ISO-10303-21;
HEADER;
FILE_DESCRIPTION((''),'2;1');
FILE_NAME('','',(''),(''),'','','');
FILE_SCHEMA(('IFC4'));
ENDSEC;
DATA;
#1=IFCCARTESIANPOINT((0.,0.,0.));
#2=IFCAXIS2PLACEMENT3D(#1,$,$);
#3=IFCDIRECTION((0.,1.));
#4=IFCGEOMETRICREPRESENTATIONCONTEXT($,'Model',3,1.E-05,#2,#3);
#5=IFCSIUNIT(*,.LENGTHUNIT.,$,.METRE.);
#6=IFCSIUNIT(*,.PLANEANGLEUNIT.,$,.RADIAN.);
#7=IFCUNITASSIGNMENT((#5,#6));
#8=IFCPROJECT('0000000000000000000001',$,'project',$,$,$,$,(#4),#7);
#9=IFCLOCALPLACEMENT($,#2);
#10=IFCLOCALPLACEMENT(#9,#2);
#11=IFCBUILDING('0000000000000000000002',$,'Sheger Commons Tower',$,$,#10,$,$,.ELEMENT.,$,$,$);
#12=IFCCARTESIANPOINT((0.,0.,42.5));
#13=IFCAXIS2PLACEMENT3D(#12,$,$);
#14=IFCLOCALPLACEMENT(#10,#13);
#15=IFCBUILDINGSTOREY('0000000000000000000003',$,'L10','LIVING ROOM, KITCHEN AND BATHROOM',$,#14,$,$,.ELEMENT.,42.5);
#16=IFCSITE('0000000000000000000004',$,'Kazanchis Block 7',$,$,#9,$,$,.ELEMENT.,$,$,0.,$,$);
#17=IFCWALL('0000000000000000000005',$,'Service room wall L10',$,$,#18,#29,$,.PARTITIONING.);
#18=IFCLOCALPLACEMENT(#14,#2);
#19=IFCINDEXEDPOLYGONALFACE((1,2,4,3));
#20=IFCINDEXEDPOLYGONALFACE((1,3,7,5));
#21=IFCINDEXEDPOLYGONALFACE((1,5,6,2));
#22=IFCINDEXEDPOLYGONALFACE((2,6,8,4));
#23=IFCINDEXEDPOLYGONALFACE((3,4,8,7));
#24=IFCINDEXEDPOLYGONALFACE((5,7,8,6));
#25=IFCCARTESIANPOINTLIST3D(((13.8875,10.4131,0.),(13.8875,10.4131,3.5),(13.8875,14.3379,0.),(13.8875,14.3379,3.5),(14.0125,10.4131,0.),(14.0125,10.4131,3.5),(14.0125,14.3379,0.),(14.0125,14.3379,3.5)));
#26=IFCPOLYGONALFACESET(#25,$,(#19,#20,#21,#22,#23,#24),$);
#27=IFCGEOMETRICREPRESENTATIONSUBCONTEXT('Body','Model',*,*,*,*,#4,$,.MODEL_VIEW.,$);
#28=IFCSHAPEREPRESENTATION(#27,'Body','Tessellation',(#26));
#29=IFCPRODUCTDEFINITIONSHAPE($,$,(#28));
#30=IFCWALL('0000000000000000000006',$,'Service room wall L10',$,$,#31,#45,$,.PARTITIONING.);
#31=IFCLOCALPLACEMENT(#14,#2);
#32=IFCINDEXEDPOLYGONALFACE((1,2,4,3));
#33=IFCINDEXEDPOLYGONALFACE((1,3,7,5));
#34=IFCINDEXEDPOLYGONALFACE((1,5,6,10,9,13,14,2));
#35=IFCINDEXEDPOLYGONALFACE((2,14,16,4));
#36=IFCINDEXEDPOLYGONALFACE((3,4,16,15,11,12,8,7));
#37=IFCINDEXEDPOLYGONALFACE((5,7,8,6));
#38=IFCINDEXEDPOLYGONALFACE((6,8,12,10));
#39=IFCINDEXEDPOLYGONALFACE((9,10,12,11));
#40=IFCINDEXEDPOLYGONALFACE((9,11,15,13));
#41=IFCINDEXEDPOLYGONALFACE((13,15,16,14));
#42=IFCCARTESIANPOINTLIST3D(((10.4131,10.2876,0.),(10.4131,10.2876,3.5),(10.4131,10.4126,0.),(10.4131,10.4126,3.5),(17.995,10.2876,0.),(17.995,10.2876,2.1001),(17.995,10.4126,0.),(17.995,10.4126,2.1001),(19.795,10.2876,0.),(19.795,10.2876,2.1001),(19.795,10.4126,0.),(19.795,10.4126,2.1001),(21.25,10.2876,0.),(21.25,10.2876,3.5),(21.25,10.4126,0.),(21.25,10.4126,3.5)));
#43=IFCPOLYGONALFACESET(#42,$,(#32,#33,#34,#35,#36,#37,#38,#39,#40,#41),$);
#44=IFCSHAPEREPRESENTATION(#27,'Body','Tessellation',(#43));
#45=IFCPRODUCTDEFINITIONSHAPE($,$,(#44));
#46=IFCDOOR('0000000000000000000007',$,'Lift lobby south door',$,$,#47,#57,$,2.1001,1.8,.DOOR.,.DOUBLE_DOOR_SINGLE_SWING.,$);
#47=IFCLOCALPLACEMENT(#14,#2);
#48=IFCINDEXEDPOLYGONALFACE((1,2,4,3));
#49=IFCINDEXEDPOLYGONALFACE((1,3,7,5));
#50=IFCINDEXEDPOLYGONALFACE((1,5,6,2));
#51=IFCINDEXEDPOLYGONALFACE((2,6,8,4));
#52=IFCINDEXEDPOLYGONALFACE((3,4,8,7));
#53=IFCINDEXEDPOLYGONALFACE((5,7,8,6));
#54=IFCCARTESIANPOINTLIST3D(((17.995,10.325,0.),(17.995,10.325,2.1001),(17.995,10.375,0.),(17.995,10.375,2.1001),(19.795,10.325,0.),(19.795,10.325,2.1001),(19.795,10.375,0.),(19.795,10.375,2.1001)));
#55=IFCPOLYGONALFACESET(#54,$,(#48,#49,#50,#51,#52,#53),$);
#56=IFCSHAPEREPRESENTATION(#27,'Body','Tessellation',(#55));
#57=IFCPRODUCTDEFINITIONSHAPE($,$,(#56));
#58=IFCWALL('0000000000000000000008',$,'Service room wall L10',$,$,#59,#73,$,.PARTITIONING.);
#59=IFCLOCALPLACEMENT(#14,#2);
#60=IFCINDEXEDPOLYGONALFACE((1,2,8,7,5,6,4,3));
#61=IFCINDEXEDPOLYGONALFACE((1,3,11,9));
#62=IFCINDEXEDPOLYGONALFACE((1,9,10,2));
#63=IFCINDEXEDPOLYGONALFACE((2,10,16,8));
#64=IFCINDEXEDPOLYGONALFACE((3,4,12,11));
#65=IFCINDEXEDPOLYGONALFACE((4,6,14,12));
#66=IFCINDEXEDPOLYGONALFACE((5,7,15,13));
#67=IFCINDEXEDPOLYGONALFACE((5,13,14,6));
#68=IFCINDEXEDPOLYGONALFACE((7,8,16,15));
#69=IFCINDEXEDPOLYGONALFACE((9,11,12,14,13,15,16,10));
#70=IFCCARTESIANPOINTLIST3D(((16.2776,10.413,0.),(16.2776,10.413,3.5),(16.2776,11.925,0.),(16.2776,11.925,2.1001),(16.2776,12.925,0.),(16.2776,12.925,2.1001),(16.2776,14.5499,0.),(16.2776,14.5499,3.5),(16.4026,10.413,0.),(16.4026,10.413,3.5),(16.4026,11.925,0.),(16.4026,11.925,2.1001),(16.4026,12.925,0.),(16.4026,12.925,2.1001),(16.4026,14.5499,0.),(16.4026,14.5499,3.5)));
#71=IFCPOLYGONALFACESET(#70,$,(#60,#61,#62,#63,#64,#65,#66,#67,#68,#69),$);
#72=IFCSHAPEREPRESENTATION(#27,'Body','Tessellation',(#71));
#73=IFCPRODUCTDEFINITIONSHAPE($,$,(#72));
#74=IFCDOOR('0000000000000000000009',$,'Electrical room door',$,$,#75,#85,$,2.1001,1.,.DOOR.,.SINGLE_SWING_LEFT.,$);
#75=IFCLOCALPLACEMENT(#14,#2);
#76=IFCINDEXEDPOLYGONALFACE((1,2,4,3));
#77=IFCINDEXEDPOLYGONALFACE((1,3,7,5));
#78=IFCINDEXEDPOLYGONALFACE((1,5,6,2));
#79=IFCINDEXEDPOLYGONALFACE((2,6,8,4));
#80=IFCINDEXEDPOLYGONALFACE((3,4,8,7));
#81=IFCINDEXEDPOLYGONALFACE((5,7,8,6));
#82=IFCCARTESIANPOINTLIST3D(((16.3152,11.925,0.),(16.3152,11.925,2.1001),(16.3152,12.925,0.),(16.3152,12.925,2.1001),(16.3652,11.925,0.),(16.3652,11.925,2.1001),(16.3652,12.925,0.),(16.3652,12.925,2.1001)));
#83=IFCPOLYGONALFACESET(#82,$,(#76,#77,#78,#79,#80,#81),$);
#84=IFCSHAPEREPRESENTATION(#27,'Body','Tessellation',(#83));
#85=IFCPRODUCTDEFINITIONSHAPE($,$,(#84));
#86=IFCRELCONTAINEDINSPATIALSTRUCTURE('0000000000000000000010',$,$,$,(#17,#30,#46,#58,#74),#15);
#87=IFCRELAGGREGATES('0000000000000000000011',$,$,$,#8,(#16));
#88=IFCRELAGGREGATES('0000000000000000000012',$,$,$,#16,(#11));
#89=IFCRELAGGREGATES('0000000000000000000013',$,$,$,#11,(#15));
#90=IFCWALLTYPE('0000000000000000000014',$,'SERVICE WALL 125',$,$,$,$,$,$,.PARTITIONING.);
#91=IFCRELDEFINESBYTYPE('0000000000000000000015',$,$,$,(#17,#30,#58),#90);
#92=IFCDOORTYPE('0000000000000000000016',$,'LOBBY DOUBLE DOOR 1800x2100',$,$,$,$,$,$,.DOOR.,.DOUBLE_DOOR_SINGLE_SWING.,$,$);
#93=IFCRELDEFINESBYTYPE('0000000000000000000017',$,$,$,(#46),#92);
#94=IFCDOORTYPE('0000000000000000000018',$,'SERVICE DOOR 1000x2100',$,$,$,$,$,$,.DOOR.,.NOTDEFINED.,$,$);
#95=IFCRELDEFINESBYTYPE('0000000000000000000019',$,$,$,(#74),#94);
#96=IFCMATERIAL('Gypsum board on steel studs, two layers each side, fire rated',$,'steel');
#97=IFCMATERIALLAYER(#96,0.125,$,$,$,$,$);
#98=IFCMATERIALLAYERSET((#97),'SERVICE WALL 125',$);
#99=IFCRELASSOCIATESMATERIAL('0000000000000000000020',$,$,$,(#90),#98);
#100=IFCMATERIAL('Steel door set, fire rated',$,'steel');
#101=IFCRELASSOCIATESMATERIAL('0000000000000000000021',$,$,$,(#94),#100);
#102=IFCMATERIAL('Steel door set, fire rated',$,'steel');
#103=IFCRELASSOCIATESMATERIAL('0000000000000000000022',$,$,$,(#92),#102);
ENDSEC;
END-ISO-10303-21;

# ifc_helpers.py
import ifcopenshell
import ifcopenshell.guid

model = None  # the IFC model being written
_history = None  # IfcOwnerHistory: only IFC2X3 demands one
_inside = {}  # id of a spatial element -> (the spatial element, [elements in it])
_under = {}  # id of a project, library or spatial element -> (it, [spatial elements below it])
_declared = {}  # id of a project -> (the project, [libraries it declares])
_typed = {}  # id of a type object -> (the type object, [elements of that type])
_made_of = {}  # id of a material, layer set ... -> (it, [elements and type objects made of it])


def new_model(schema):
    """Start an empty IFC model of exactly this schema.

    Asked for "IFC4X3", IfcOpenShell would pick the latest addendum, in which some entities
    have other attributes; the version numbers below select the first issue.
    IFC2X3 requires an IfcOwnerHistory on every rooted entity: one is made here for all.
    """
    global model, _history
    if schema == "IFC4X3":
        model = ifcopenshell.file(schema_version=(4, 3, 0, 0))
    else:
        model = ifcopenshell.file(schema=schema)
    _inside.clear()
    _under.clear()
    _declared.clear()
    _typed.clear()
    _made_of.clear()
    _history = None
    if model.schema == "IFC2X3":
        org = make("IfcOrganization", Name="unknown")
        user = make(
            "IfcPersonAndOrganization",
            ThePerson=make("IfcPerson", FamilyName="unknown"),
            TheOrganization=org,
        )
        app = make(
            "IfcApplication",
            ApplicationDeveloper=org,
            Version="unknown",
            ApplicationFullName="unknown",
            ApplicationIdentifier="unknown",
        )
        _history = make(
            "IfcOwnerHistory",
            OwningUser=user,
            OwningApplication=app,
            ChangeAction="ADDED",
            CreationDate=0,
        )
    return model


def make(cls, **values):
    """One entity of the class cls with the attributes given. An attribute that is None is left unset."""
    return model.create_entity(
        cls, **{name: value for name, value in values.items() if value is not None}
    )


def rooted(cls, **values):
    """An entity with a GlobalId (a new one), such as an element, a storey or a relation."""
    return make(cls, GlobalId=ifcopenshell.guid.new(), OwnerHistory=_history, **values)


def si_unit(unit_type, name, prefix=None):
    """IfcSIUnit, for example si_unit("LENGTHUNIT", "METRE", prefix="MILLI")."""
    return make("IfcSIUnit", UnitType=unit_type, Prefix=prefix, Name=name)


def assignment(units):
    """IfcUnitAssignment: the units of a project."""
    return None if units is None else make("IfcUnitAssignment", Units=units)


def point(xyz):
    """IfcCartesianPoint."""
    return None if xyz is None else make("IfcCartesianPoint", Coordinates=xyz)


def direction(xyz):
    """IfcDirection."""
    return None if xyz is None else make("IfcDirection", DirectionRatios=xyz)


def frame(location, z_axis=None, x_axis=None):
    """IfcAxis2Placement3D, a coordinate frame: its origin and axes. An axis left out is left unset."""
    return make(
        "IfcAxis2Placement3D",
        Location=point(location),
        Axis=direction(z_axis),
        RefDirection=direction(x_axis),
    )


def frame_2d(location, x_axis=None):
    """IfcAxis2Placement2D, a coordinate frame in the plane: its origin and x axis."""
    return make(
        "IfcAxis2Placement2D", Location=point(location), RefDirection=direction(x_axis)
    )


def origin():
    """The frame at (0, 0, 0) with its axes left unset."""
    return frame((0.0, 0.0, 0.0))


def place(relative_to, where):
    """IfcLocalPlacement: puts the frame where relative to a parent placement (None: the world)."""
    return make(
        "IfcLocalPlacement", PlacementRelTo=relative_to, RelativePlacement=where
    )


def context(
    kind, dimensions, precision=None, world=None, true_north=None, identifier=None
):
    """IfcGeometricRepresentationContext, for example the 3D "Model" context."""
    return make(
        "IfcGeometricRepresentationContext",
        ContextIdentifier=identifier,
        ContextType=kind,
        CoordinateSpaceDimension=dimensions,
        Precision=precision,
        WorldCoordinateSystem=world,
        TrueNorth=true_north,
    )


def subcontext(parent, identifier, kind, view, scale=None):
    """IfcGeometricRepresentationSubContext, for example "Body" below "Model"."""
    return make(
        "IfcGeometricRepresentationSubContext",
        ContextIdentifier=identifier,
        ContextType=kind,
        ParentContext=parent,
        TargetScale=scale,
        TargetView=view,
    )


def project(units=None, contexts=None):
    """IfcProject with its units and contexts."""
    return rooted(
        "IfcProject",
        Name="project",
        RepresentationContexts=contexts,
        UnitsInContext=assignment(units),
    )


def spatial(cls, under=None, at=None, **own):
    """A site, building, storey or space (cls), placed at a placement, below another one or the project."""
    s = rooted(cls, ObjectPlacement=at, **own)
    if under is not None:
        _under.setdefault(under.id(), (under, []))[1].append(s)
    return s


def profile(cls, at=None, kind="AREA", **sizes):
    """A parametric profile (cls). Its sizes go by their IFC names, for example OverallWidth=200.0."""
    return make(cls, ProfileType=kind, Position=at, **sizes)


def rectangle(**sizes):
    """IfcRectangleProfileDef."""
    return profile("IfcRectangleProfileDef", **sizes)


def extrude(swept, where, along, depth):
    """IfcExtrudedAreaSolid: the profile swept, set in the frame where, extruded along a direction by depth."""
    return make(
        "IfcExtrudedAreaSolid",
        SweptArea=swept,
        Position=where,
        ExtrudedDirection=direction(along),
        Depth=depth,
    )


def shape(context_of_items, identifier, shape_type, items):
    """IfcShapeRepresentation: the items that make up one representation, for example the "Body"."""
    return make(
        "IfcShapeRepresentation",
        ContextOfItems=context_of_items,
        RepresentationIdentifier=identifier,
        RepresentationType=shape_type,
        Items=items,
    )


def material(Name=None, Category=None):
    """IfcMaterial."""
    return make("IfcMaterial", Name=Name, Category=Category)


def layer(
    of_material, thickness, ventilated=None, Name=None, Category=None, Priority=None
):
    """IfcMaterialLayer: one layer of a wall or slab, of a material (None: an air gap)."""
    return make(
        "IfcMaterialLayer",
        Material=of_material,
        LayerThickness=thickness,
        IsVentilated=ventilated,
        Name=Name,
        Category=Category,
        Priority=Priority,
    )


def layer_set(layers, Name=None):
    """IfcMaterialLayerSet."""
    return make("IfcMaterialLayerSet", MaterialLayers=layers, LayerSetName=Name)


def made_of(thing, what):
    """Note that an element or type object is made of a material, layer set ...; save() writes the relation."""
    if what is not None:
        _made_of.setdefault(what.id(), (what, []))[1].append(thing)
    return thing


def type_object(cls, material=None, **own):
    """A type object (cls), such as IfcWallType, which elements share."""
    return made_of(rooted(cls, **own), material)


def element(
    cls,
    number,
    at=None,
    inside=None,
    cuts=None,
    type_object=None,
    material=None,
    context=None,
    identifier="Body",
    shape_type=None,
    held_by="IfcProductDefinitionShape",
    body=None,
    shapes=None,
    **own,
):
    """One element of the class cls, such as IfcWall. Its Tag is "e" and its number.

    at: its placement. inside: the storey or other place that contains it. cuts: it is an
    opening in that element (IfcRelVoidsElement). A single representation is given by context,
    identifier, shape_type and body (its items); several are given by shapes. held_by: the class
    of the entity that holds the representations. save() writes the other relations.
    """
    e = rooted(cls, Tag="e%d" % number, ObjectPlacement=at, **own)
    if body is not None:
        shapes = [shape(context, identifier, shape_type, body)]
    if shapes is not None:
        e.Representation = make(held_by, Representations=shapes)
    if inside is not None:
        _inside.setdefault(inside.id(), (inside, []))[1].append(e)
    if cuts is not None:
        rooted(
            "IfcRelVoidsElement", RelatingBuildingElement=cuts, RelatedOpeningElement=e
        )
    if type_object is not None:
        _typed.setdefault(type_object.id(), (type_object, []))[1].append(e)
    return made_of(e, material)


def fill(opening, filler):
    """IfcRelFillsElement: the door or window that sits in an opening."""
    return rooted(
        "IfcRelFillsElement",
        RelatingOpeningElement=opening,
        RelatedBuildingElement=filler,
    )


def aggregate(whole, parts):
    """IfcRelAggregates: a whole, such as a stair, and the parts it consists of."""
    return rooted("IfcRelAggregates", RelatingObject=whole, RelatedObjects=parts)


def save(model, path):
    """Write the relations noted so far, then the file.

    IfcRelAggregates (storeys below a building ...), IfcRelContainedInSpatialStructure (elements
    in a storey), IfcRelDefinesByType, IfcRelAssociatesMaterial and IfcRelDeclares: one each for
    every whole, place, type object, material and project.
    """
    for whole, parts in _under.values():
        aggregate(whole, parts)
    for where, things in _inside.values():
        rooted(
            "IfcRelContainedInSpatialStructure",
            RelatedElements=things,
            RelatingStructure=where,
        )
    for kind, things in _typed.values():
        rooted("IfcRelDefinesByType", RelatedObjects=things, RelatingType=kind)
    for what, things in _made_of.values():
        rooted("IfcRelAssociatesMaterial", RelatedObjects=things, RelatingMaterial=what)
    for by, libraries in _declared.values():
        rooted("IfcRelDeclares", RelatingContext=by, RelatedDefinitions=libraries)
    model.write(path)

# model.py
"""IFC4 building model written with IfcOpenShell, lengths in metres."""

from ifc_helpers import new_model, si_unit, direction, frame, frame_2d, origin, place, context, subcontext, project, spatial, rectangle, extrude, material, layer, layer_set, type_object, element, fill, save


model = new_model("IFC4")

# Units and contexts
model_context = context("Model", 3, precision=1e-05, world=origin(), true_north=direction((0.0, 1.0)))
body_context = subcontext(model_context, "Body", "Model", "MODEL_VIEW")
ifc_project = project(units=[si_unit("LENGTHUNIT", "METRE"), si_unit("PLANEANGLEUNIT", "RADIAN")], contexts=[model_context])

# Site, building, storey
site_placement = place(None, origin())
site = spatial("IfcSite", under=ifc_project, at=site_placement, Name="Kazanchis Block 7", CompositionType="ELEMENT", RefElevation=0.0)
building_placement = place(site_placement, origin())
building = spatial("IfcBuilding", under=site, at=building_placement, Name="Sheger Commons Tower", CompositionType="ELEMENT")
storey_placement = place(building_placement, frame((0.0, 0.0, 42.5)))
storey = spatial("IfcBuildingStorey", under=building, at=storey_placement, Name="L10", Description="LIVING ROOM, KITCHEN AND BATHROOM", CompositionType="ELEMENT", Elevation=42.5)

# Shared definitions
ifc_material_1 = material(Name="Gypsum board on steel studs, two layers each side, fire rated", Category="steel")
ifc_layer_1 = layer(ifc_material_1, 0.125)
ifc_layer_set_1 = layer_set([ifc_layer_1], Name="SERVICE WALL 125")
wall_type_1 = type_object("IfcWallType", Name="SERVICE WALL 125", PredefinedType="PARTITIONING", material=ifc_layer_set_1)
ifc_material_2 = material(Name="Steel door set, fire rated", Category="steel")
door_type_1 = type_object("IfcDoorType", Name="SERVICE DOOR 1000x2100", OperationType="NOTDEFINED", PredefinedType="DOOR", material=ifc_material_2)

# Wall
wall_1_placement = place(storey_placement, frame((13.95, 10.4131, 0.0), z_axis=(0.0, 0.0, 1.0), x_axis=(0.0, 1.0, 0.0)))
element("IfcWall", 1, at=wall_1_placement, inside=storey, type_object=wall_type_1, Name="Service room wall L10", PredefinedType="PARTITIONING", context=body_context, shape_type="SweptSolid", body=[
    extrude(rectangle(XDim=3.9248, YDim=0.125, at=frame_2d((1.9624, 0.0))), origin(), (0.0, 0.0, 1.0), 3.5),
])

# Walls, openings, doors
wall_2_placement = place(storey_placement, frame((10.4131, 10.3501, 0.0), z_axis=(0.0, 0.0, 1.0), x_axis=(1.0, 0.0, 0.0)))
wall_2 = element("IfcWall", 2, at=wall_2_placement, inside=storey, type_object=wall_type_1, Name="Service room wall L10", PredefinedType="PARTITIONING", context=body_context, shape_type="SweptSolid", body=[
    extrude(rectangle(XDim=10.8369, YDim=0.125, at=frame_2d((5.4185, 0.0))), origin(), (0.0, 0.0, 1.0), 3.5),
])
opening_1_placement = place(wall_2_placement, frame((7.582, 0.0, 0.0)))
opening_1 = element("IfcOpeningElement", 3, at=opening_1_placement, cuts=wall_2, PredefinedType="OPENING", context=body_context, shape_type="SweptSolid", body=[
    extrude(rectangle(XDim=1.8, YDim=2.1001, at=frame_2d((0.8999, 1.05))), frame((0.0, 0.0725, 0.0), z_axis=(0.0, -1.0, 0.0), x_axis=(1.0, 0.0, 0.0)), (0.0, 0.0, 1.0), 0.145),
])
ifc_material_3 = material(Name="Steel door set, fire rated", Category="steel")
door_type_2 = type_object("IfcDoorType", Name="LOBBY DOUBLE DOOR 1800x2100", OperationType="DOUBLE_DOOR_SINGLE_SWING", PredefinedType="DOOR", material=ifc_material_3)
door_1_placement = place(opening_1_placement, origin())
door_1 = element("IfcDoor", 4, at=door_1_placement, inside=storey, type_object=door_type_2, Name="Lift lobby south door", OperationType="DOUBLE_DOOR_SINGLE_SWING", OverallHeight=2.1001, OverallWidth=1.8, PredefinedType="DOOR", context=body_context, shape_type="SweptSolid", body=[
    extrude(rectangle(XDim=1.8, YDim=2.1001, at=frame_2d((0.8999, 1.05))), frame((0.0, 0.0249, 0.0), z_axis=(0.0, -1.0, 0.0), x_axis=(1.0, 0.0, 0.0)), (0.0, 0.0, 1.0), 0.05),
])
fill(opening_1, door_1)
wall_3_placement = place(storey_placement, frame((16.3401, 10.4131, 0.0), z_axis=(0.0, 0.0, 1.0), x_axis=(0.0, 1.0, 0.0)))
wall_3 = element("IfcWall", 5, at=wall_3_placement, inside=storey, type_object=wall_type_1, Name="Service room wall L10", PredefinedType="PARTITIONING", context=body_context, shape_type="SweptSolid", body=[
    extrude(rectangle(XDim=4.137, YDim=0.125, at=frame_2d((2.0684, 0.0))), origin(), (0.0, 0.0, 1.0), 3.5),
])
opening_2_placement = place(wall_3_placement, frame((1.512, 0.0, 0.0)))
opening_2 = element("IfcOpeningElement", 6, at=opening_2_placement, cuts=wall_3, PredefinedType="OPENING", context=body_context, shape_type="SweptSolid", body=[
    extrude(rectangle(XDim=1.0, YDim=2.1001, at=frame_2d((0.5, 1.05))), frame((0.0, 0.0725, 0.0), z_axis=(0.0, -1.0, 0.0), x_axis=(1.0, 0.0, 0.0)), (0.0, 0.0, 1.0), 0.145),
])
door_2_placement = place(opening_2_placement, origin())
door_2 = element("IfcDoor", 7, at=door_2_placement, inside=storey, type_object=door_type_1, Name="Electrical room door", OperationType="SINGLE_SWING_LEFT", OverallHeight=2.1001, OverallWidth=1.0, PredefinedType="DOOR", context=body_context, shape_type="SweptSolid", body=[
    extrude(rectangle(XDim=1.0, YDim=2.1001, at=frame_2d((0.5, 1.05))), frame((0.0, 0.0249, 0.0), z_axis=(0.0, -1.0, 0.0), x_axis=(1.0, 0.0, 0.0)), (0.0, 0.0, 1.0), 0.05),
])
fill(opening_2, door_2)

save(model, "model.ifc")
